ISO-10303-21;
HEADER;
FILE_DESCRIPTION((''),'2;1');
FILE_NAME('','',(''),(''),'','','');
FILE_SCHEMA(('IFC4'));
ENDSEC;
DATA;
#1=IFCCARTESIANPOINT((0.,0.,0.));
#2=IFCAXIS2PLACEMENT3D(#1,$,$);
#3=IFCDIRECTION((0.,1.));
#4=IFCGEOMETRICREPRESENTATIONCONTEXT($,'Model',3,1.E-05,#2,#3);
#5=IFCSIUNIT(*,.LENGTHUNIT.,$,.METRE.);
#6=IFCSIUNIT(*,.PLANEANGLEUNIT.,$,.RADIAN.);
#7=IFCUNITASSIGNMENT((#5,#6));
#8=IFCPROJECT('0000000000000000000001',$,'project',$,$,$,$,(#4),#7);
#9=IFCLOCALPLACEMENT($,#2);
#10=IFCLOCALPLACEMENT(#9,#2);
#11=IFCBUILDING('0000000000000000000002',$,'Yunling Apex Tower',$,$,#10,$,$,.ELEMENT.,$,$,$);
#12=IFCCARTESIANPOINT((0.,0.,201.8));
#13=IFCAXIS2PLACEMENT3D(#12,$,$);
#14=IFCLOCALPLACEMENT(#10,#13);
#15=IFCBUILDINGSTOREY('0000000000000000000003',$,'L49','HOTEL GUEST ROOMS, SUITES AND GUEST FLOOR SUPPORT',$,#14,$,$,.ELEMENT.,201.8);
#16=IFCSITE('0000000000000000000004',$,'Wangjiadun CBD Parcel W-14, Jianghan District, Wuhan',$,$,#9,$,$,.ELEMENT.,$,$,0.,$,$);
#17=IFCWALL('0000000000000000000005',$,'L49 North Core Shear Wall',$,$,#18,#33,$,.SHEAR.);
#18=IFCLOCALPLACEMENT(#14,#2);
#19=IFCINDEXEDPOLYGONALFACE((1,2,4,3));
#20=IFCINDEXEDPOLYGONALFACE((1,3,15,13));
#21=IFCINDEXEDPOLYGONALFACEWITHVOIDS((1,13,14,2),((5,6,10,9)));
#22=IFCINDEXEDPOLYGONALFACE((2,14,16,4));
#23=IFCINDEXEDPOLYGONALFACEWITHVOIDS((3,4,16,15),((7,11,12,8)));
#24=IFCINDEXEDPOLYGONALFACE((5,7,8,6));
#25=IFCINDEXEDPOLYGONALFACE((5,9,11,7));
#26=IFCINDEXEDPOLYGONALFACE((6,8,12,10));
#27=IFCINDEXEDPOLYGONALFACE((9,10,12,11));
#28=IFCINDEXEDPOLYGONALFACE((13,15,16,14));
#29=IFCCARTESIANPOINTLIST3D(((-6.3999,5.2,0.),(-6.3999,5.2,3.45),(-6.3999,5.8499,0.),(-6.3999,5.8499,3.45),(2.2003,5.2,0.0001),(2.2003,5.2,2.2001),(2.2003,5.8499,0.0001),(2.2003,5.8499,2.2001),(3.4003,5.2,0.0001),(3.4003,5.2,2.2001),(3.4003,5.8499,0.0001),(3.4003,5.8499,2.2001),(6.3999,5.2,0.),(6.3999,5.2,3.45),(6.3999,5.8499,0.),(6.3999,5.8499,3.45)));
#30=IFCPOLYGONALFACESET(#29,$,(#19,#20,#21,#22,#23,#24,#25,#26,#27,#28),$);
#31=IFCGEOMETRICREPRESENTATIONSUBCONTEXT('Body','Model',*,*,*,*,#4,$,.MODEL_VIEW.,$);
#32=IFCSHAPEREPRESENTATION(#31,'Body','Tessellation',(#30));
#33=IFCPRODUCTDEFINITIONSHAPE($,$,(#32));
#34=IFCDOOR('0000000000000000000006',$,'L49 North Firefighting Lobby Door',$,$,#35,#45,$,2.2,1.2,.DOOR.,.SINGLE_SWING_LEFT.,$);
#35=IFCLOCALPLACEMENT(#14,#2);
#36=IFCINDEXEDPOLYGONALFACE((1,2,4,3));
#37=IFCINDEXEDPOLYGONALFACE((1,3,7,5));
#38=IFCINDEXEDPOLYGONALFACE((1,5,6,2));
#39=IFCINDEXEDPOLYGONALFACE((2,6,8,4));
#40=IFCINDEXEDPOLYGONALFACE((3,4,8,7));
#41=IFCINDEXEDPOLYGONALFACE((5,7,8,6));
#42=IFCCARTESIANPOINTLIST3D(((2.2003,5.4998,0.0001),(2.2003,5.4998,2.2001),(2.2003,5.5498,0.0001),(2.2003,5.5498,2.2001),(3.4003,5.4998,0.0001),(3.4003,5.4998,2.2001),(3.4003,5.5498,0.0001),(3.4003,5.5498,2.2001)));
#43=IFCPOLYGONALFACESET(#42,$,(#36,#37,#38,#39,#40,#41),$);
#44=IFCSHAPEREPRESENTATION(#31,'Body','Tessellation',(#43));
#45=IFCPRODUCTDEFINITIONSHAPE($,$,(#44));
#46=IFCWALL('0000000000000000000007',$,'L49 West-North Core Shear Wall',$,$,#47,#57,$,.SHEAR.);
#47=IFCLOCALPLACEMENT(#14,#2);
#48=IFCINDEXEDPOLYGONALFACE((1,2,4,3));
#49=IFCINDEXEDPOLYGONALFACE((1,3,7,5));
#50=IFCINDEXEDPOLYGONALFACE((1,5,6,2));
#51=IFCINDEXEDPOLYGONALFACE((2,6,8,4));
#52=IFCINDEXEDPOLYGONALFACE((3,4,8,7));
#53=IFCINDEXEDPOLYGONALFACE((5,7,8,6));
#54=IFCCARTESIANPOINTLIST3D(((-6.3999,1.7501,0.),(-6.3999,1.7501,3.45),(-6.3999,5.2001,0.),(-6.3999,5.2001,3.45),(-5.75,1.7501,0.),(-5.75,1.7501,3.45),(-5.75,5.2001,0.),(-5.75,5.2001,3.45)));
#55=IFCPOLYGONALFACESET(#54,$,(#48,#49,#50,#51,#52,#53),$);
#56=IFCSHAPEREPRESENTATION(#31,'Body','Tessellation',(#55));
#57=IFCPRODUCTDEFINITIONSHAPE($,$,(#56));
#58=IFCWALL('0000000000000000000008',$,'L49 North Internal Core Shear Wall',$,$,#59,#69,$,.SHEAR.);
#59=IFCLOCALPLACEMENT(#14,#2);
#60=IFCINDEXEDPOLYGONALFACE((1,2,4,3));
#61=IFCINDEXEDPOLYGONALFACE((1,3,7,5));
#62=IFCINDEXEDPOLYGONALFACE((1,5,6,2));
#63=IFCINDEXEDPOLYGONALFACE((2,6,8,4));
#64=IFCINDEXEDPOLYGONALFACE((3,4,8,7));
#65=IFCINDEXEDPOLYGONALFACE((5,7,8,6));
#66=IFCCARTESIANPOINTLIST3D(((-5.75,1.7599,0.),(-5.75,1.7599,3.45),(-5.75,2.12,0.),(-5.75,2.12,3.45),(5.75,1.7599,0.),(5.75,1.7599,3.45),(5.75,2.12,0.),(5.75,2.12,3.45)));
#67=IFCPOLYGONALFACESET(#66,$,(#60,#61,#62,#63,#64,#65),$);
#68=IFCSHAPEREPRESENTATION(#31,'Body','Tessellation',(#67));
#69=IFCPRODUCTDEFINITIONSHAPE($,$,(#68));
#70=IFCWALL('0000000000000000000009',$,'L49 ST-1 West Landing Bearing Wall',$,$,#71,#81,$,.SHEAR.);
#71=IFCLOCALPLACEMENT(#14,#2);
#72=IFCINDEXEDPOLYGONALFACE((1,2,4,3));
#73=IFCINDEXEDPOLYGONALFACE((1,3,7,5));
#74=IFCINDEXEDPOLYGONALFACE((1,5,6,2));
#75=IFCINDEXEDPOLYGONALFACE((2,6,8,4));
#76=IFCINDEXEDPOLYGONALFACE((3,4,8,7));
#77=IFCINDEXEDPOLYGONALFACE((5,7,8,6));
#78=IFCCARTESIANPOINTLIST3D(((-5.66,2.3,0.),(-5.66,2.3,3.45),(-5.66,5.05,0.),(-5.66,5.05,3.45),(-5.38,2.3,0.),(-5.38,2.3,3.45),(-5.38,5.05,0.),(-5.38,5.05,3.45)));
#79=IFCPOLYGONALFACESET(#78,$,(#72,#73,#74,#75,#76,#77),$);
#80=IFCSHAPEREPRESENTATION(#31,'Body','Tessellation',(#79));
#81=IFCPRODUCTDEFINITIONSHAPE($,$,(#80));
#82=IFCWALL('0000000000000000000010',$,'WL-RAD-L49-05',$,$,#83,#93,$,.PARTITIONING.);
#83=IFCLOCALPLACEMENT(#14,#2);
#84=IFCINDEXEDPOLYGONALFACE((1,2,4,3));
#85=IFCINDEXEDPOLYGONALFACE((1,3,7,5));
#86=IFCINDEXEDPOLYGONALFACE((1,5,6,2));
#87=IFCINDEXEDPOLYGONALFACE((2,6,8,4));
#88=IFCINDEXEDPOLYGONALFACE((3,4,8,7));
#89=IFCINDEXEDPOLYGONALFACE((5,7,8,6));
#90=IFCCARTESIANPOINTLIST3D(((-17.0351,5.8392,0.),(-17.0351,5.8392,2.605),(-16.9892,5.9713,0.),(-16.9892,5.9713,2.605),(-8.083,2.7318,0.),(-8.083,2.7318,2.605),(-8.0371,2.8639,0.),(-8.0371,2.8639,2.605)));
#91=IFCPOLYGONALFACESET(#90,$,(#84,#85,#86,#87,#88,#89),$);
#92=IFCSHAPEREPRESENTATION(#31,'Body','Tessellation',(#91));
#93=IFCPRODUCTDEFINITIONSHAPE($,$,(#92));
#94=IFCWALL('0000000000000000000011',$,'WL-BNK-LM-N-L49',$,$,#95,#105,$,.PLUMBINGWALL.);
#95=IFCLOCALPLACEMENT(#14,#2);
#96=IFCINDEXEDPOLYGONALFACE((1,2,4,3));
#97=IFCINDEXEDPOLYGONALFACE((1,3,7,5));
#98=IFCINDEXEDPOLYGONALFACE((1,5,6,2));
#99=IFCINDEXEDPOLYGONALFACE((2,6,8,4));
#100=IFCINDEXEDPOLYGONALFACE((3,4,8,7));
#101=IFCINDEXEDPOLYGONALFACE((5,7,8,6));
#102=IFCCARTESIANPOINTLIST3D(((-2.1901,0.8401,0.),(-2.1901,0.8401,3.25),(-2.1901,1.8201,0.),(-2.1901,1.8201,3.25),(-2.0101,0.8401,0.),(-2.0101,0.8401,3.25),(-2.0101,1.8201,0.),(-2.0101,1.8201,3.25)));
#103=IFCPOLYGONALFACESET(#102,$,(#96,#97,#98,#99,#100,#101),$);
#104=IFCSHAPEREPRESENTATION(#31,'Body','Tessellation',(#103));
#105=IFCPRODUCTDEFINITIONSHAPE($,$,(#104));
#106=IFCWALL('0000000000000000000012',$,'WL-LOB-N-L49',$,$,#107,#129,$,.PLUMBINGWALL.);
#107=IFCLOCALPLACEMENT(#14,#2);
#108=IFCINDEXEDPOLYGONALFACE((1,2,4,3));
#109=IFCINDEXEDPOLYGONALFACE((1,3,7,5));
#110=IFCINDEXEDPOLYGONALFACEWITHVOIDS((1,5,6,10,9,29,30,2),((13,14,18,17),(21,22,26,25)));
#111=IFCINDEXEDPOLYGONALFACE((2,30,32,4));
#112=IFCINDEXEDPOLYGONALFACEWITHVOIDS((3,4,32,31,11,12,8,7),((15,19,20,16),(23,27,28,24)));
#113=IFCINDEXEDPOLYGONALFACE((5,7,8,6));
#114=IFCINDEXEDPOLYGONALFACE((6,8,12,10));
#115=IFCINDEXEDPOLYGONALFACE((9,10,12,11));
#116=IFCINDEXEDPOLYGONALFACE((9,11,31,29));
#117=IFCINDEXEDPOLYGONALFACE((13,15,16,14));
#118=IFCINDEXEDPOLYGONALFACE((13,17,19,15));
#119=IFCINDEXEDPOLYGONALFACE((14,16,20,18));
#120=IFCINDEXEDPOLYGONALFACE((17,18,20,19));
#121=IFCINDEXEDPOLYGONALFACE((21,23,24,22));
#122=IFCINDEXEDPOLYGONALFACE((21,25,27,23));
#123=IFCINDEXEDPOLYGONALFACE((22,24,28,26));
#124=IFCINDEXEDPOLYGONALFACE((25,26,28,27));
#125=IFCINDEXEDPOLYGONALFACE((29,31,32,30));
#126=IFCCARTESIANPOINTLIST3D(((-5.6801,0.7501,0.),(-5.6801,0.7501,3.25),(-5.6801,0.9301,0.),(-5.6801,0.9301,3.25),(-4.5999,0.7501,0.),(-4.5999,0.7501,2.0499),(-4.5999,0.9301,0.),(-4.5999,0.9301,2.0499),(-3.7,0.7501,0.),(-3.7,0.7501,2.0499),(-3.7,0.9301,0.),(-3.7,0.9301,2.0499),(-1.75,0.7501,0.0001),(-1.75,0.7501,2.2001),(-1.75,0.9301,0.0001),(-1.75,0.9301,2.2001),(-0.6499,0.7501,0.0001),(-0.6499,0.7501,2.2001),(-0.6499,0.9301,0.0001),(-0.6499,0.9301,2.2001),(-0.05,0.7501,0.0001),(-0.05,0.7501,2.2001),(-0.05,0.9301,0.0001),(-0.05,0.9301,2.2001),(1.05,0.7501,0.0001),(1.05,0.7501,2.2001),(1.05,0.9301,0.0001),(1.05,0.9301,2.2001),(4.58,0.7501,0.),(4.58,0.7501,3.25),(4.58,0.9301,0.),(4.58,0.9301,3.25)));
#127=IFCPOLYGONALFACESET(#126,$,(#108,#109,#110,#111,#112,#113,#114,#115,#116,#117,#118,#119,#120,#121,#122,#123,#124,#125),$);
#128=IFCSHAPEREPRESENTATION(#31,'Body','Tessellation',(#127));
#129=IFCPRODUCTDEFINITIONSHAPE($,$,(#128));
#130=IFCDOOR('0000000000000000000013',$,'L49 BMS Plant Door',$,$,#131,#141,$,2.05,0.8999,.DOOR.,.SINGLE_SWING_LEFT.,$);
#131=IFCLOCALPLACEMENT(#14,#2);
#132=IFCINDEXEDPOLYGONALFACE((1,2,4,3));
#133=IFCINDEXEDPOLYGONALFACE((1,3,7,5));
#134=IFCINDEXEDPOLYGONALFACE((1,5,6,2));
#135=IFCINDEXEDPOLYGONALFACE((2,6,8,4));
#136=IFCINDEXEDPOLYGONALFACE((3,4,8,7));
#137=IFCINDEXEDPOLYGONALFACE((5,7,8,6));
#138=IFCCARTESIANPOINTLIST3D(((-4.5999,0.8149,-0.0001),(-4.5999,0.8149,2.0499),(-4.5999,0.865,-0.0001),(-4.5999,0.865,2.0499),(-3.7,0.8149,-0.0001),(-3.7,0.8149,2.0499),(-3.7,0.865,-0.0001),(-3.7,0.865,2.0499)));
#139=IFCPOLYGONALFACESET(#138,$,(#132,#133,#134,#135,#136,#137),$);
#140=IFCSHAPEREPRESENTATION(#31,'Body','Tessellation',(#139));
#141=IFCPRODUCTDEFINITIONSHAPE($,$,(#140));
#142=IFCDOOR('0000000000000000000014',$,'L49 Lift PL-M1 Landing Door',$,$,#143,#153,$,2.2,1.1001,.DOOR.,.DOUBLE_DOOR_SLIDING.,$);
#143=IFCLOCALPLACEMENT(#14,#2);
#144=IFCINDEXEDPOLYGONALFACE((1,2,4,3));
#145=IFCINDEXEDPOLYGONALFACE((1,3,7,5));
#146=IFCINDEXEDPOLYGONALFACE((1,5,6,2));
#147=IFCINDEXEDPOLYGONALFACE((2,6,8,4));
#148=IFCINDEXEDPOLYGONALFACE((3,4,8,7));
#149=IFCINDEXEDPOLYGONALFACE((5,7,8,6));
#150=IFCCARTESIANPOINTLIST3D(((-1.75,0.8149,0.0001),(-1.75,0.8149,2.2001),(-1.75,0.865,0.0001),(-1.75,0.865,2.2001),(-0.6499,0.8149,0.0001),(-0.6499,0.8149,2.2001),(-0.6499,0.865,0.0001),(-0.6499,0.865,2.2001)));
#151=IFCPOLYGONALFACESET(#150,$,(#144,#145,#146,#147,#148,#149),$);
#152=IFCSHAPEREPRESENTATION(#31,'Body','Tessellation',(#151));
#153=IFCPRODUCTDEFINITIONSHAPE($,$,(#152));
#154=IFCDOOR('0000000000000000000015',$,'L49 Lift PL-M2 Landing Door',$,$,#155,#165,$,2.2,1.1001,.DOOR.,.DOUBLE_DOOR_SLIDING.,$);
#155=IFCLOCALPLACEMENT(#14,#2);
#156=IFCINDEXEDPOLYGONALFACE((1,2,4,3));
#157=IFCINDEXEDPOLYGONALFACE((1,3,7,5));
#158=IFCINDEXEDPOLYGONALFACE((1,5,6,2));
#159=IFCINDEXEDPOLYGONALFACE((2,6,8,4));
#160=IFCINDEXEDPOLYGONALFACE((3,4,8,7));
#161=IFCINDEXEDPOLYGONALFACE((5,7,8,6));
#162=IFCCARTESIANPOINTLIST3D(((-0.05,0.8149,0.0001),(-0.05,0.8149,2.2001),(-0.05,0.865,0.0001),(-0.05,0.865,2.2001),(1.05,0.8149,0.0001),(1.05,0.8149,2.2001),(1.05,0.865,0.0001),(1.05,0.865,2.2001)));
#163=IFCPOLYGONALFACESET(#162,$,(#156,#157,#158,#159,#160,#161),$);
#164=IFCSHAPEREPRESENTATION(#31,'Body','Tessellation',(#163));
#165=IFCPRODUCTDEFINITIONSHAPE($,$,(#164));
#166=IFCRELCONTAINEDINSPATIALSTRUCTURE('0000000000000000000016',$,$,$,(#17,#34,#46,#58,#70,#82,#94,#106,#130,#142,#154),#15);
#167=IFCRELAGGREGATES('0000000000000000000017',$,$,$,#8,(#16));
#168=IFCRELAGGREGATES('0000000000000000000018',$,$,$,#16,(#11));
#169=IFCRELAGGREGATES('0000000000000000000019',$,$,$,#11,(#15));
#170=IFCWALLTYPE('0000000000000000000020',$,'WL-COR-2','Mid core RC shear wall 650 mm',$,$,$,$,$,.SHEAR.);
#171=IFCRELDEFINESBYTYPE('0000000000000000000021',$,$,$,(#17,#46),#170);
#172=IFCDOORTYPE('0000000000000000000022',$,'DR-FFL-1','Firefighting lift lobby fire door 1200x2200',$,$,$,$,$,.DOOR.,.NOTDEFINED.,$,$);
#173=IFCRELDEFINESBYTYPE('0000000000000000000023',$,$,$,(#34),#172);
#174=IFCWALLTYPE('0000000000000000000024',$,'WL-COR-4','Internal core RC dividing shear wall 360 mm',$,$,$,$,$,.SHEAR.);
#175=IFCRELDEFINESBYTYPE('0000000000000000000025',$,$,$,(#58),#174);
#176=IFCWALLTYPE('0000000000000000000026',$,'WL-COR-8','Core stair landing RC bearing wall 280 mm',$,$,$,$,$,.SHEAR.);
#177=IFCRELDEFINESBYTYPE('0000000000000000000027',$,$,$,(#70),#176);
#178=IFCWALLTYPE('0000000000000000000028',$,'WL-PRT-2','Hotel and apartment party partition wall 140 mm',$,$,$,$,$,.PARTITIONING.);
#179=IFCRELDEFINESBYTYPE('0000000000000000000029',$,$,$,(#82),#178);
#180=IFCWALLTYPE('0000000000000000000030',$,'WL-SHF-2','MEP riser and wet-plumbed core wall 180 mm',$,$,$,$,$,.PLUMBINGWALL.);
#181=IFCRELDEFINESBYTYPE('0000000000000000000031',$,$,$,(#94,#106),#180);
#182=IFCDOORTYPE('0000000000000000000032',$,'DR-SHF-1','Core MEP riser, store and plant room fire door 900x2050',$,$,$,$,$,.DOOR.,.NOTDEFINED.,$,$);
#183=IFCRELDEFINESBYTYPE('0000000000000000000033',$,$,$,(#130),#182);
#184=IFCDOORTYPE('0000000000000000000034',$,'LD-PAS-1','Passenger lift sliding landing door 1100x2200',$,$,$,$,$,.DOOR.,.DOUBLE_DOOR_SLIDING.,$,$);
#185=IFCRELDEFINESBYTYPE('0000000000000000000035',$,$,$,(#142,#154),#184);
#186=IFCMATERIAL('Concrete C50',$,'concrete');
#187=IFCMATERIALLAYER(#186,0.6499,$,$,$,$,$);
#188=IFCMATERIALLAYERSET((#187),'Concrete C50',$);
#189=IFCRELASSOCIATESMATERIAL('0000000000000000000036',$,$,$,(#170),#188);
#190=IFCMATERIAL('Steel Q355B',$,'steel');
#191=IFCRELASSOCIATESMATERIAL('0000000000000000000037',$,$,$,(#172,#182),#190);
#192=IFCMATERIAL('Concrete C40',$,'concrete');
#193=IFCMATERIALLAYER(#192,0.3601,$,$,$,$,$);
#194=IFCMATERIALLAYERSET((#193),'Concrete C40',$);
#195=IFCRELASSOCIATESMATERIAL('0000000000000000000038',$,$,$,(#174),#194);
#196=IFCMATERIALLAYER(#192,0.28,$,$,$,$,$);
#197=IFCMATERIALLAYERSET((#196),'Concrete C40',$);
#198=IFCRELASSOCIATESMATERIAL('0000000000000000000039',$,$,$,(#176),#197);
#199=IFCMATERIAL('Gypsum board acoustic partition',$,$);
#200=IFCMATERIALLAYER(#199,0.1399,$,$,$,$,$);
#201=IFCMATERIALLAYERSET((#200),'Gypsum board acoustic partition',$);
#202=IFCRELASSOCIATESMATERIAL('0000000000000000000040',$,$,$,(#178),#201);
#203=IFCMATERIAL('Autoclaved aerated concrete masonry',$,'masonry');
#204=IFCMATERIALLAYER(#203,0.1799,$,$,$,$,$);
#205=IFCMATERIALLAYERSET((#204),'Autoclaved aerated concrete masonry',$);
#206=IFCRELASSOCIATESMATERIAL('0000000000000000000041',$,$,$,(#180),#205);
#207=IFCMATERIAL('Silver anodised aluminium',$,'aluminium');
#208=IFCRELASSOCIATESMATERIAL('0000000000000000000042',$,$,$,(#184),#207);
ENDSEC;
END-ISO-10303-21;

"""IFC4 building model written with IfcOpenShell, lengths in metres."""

from ifc_helpers import new_model, si_unit, direction, frame, frame_2d, origin, place, context, subcontext, project, spatial, rectangle, extrude, material, layer, layer_set, type_object, element, fill, save


model = new_model("IFC4")

# Units and contexts
model_context = context("Model", 3, precision=1e-05, world=origin(), true_north=direction((0.0, 1.0)))
body_context = subcontext(model_context, "Body", "Model", "MODEL_VIEW")
ifc_project = project(units=[si_unit("LENGTHUNIT", "METRE"), si_unit("PLANEANGLEUNIT", "RADIAN")], contexts=[model_context])

# Site, building, storey
site_placement = place(None, origin())
site = spatial("IfcSite", under=ifc_project, at=site_placement, Name="Wangjiadun CBD Parcel W-14, Jianghan District, Wuhan", CompositionType="ELEMENT", RefElevation=0.0)
building_placement = place(site_placement, origin())
building = spatial("IfcBuilding", under=site, at=building_placement, Name="Yunling Apex Tower", CompositionType="ELEMENT")
storey_placement = place(building_placement, frame((0.0, 0.0, 201.8)))
storey = spatial("IfcBuildingStorey", under=building, at=storey_placement, Name="L49", Description="HOTEL GUEST ROOMS, SUITES AND GUEST FLOOR SUPPORT", CompositionType="ELEMENT", Elevation=201.8)

# Shared definitions
ifc_material_1 = material(Name="Concrete C50", Category="concrete")

# Shared definitions
ifc_material_2 = material(Name="Steel Q355B", Category="steel")

# Wall, opening, door
ifc_layer_1 = layer(ifc_material_1, 0.6499)
ifc_layer_set_1 = layer_set([ifc_layer_1], Name="Concrete C50")
wall_type_1 = type_object("IfcWallType", Name="WL-COR-2", Description="Mid core RC shear wall 650 mm", PredefinedType="SHEAR", material=ifc_layer_set_1)
wall_1_placement = place(storey_placement, frame((-6.3999, 5.5249, 0.0), z_axis=(0.0, 0.0, 1.0), x_axis=(1.0, 0.0, 0.0)))
wall_1 = element("IfcWall", 1, at=wall_1_placement, inside=storey, type_object=wall_type_1, Name="L49 North Core Shear Wall", PredefinedType="SHEAR", context=body_context, shape_type="SweptSolid", body=[
    extrude(rectangle(XDim=12.7998, YDim=0.6499, at=frame_2d((6.3999, 0.0))), origin(), (0.0, 0.0, 1.0), 3.45),
])
opening_1_placement = place(wall_1_placement, frame((8.6001, 0.0, 0.0)))
opening_1 = element("IfcOpeningElement", 2, at=opening_1_placement, cuts=wall_1, PredefinedType="OPENING", context=body_context, shape_type="SweptSolid", body=[
    extrude(rectangle(XDim=1.2, YDim=2.2, at=frame_2d((0.6001, 1.1001))), frame((0.0, 0.335, 0.0), z_axis=(0.0, -1.0, 0.0), x_axis=(1.0, 0.0, 0.0)), (0.0, 0.0, 1.0), 0.6699),
])
door_type_1 = type_object("IfcDoorType", Name="DR-FFL-1", Description="Firefighting lift lobby fire door 1200x2200", OperationType="NOTDEFINED", PredefinedType="DOOR", material=ifc_material_2)
door_1_placement = place(opening_1_placement, origin())
door_1 = element("IfcDoor", 3, at=door_1_placement, inside=storey, type_object=door_type_1, Name="L49 North Firefighting Lobby Door", OperationType="SINGLE_SWING_LEFT", OverallHeight=2.2, OverallWidth=1.2, PredefinedType="DOOR", context=body_context, shape_type="SweptSolid", body=[
    extrude(rectangle(XDim=1.2, YDim=2.2, at=frame_2d((0.6001, 1.1001))), frame((0.0, 0.0249, 0.0), z_axis=(0.0, -1.0, 0.0), x_axis=(1.0, 0.0, 0.0)), (0.0, 0.0, 1.0), 0.05),
])
fill(opening_1, door_1)

# Walls
wall_2_placement = place(storey_placement, frame((-6.075, 1.75, 0.0), z_axis=(0.0, 0.0, 1.0), x_axis=(0.0, 1.0, 0.0)))
element("IfcWall", 4, at=wall_2_placement, inside=storey, type_object=wall_type_1, Name="L49 West-North Core Shear Wall", PredefinedType="SHEAR", context=body_context, shape_type="SweptSolid", body=[
    extrude(rectangle(XDim=3.45, YDim=0.6499, at=frame_2d((1.7251, 0.0))), origin(), (0.0, 0.0, 1.0), 3.45),
])
ifc_material_3 = material(Name="Concrete C40", Category="concrete")
ifc_layer_2 = layer(ifc_material_3, 0.3601)
ifc_layer_set_2 = layer_set([ifc_layer_2], Name="Concrete C40")
wall_type_2 = type_object("IfcWallType", Name="WL-COR-4", Description="Internal core RC dividing shear wall 360 mm", PredefinedType="SHEAR", material=ifc_layer_set_2)
wall_3_placement = place(storey_placement, frame((-5.75, 1.9399, 0.0), z_axis=(0.0, 0.0, 1.0), x_axis=(1.0, 0.0, 0.0)))
element("IfcWall", 5, at=wall_3_placement, inside=storey, type_object=wall_type_2, Name="L49 North Internal Core Shear Wall", PredefinedType="SHEAR", context=body_context, shape_type="SweptSolid", body=[
    extrude(rectangle(XDim=11.5, YDim=0.3601, at=frame_2d((5.75, 0.0))), origin(), (0.0, 0.0, 1.0), 3.45),
])
ifc_layer_3 = layer(ifc_material_3, 0.28)
ifc_layer_set_3 = layer_set([ifc_layer_3], Name="Concrete C40")
wall_type_3 = type_object("IfcWallType", Name="WL-COR-8", Description="Core stair landing RC bearing wall 280 mm", PredefinedType="SHEAR", material=ifc_layer_set_3)
wall_4_placement = place(storey_placement, frame((-5.52, 2.3, 0.0), z_axis=(0.0, 0.0, 1.0), x_axis=(0.0, 1.0, 0.0)))
element("IfcWall", 6, at=wall_4_placement, inside=storey, type_object=wall_type_3, Name="L49 ST-1 West Landing Bearing Wall", PredefinedType="SHEAR", context=body_context, shape_type="SweptSolid", body=[
    extrude(rectangle(XDim=2.75, YDim=0.28, at=frame_2d((1.375, 0.0))), origin(), (0.0, 0.0, 1.0), 3.45),
])
ifc_material_4 = material(Name="Gypsum board acoustic partition")
ifc_layer_4 = layer(ifc_material_4, 0.1399)
ifc_layer_set_4 = layer_set([ifc_layer_4], Name="Gypsum board acoustic partition")
wall_type_4 = type_object("IfcWallType", Name="WL-PRT-2", Description="Hotel and apartment party partition wall 140 mm", PredefinedType="PARTITIONING", material=ifc_layer_set_4)
wall_5_placement = place(storey_placement, frame((-8.0601, 2.7979, 0.0), z_axis=(0.0, 0.0, 1.0), x_axis=(-0.944705, 0.327921, 0.0)))
element("IfcWall", 7, at=wall_5_placement, inside=storey, type_object=wall_type_4, Name="WL-RAD-L49-05", PredefinedType="PARTITIONING", context=body_context, shape_type="SweptSolid", body=[
    extrude(rectangle(XDim=9.4761, YDim=0.1399, at=frame_2d((4.738, 0.0))), origin(), (0.0, 0.0, 1.0), 2.605),
])
ifc_material_5 = material(Name="Autoclaved aerated concrete masonry", Category="masonry")
ifc_layer_5 = layer(ifc_material_5, 0.1799)
ifc_layer_set_5 = layer_set([ifc_layer_5], Name="Autoclaved aerated concrete masonry")
wall_type_5 = type_object("IfcWallType", Name="WL-SHF-2", Description="MEP riser and wet-plumbed core wall 180 mm", PredefinedType="PLUMBINGWALL", material=ifc_layer_set_5)
wall_6_placement = place(storey_placement, frame((-2.1001, 0.8401, 0.0), z_axis=(0.0, 0.0, 1.0), x_axis=(0.0, 1.0, 0.0)))
element("IfcWall", 8, at=wall_6_placement, inside=storey, type_object=wall_type_5, Name="WL-BNK-LM-N-L49", PredefinedType="PLUMBINGWALL", context=body_context, shape_type="SweptSolid", body=[
    extrude(rectangle(XDim=0.98, YDim=0.1799, at=frame_2d((0.49, 0.0))), origin(), (0.0, 0.0, 1.0), 3.25),
])

# Wall, openings, doors
wall_7_placement = place(storey_placement, frame((-5.6799, 0.8401, 0.0), z_axis=(0.0, 0.0, 1.0), x_axis=(1.0, 0.0, 0.0)))
wall_7 = element("IfcWall", 9, at=wall_7_placement, inside=storey, type_object=wall_type_5, Name="WL-LOB-N-L49", PredefinedType="PLUMBINGWALL", context=body_context, shape_type="SweptSolid", body=[
    extrude(rectangle(XDim=10.26, YDim=0.1799, at=frame_2d((5.1299, 0.0))), origin(), (0.0, 0.0, 1.0), 3.25),
])
opening_2_placement = place(wall_7_placement, frame((1.0801, 0.0, 0.0)))
opening_2 = element("IfcOpeningElement", 10, at=opening_2_placement, cuts=wall_7, PredefinedType="OPENING", context=body_context, shape_type="SweptSolid", body=[
    extrude(rectangle(XDim=0.8999, YDim=2.05, at=frame_2d((0.45, 1.0249))), frame((0.0, 0.1001, 0.0), z_axis=(0.0, -1.0, 0.0), x_axis=(1.0, 0.0, 0.0)), (0.0, 0.0, 1.0), 0.2),
])
opening_3_placement = place(wall_7_placement, frame((3.9299, 0.0, 0.0)))
opening_3 = element("IfcOpeningElement", 11, at=opening_3_placement, cuts=wall_7, PredefinedType="OPENING", context=body_context, shape_type="SweptSolid", body=[
    extrude(rectangle(XDim=1.1001, YDim=2.2, at=frame_2d((0.55, 1.1001))), frame((0.0, 0.1001, 0.0), z_axis=(0.0, -1.0, 0.0), x_axis=(1.0, 0.0, 0.0)), (0.0, 0.0, 1.0), 0.2),
])
opening_4_placement = place(wall_7_placement, frame((5.6299, 0.0, 0.0)))
opening_4 = element("IfcOpeningElement", 12, at=opening_4_placement, cuts=wall_7, PredefinedType="OPENING", context=body_context, shape_type="SweptSolid", body=[
    extrude(rectangle(XDim=1.1001, YDim=2.2, at=frame_2d((0.55, 1.1001))), frame((0.0, 0.1001, 0.0), z_axis=(0.0, -1.0, 0.0), x_axis=(1.0, 0.0, 0.0)), (0.0, 0.0, 1.0), 0.2),
])
door_type_2 = type_object("IfcDoorType", Name="DR-SHF-1", Description="Core MEP riser, store and plant room fire door 900x2050", OperationType="NOTDEFINED", PredefinedType="DOOR", material=ifc_material_2)
door_2_placement = place(opening_2_placement, origin())
door_2 = element("IfcDoor", 13, at=door_2_placement, inside=storey, type_object=door_type_2, Name="L49 BMS Plant Door", OperationType="SINGLE_SWING_LEFT", OverallHeight=2.05, OverallWidth=0.8999, PredefinedType="DOOR", context=body_context, shape_type="SweptSolid", body=[
    extrude(rectangle(XDim=0.8999, YDim=2.05, at=frame_2d((0.45, 1.0249))), frame((0.0, 0.0249, 0.0), z_axis=(0.0, -1.0, 0.0), x_axis=(1.0, 0.0, 0.0)), (0.0, 0.0, 1.0), 0.05),
])
fill(opening_2, door_2)
ifc_material_6 = material(Name="Silver anodised aluminium", Category="aluminium")
door_type_3 = type_object("IfcDoorType", Name="LD-PAS-1", Description="Passenger lift sliding landing door 1100x2200", OperationType="DOUBLE_DOOR_SLIDING", PredefinedType="DOOR", material=ifc_material_6)
door_3_placement = place(opening_3_placement, origin())
door_3 = element("IfcDoor", 14, at=door_3_placement, inside=storey, type_object=door_type_3, Name="L49 Lift PL-M1 Landing Door", OperationType="DOUBLE_DOOR_SLIDING", OverallHeight=2.2, OverallWidth=1.1001, PredefinedType="DOOR", context=body_context, shape_type="SweptSolid", body=[
    extrude(rectangle(XDim=1.1001, YDim=2.2, at=frame_2d((0.55, 1.1001))), frame((0.0, 0.0249, 0.0), z_axis=(0.0, -1.0, 0.0), x_axis=(1.0, 0.0, 0.0)), (0.0, 0.0, 1.0), 0.05),
])
fill(opening_3, door_3)
door_4_placement = place(opening_4_placement, origin())
door_4 = element("IfcDoor", 15, at=door_4_placement, inside=storey, type_object=door_type_3, Name="L49 Lift PL-M2 Landing Door", OperationType="DOUBLE_DOOR_SLIDING", OverallHeight=2.2, OverallWidth=1.1001, PredefinedType="DOOR", context=body_context, shape_type="SweptSolid", body=[
    extrude(rectangle(XDim=1.1001, YDim=2.2, at=frame_2d((0.55, 1.1001))), frame((0.0, 0.0249, 0.0), z_axis=(0.0, -1.0, 0.0), x_axis=(1.0, 0.0, 0.0)), (0.0, 0.0, 1.0), 0.05),
])
fill(opening_4, door_4)

save(model, "model.ifc")
